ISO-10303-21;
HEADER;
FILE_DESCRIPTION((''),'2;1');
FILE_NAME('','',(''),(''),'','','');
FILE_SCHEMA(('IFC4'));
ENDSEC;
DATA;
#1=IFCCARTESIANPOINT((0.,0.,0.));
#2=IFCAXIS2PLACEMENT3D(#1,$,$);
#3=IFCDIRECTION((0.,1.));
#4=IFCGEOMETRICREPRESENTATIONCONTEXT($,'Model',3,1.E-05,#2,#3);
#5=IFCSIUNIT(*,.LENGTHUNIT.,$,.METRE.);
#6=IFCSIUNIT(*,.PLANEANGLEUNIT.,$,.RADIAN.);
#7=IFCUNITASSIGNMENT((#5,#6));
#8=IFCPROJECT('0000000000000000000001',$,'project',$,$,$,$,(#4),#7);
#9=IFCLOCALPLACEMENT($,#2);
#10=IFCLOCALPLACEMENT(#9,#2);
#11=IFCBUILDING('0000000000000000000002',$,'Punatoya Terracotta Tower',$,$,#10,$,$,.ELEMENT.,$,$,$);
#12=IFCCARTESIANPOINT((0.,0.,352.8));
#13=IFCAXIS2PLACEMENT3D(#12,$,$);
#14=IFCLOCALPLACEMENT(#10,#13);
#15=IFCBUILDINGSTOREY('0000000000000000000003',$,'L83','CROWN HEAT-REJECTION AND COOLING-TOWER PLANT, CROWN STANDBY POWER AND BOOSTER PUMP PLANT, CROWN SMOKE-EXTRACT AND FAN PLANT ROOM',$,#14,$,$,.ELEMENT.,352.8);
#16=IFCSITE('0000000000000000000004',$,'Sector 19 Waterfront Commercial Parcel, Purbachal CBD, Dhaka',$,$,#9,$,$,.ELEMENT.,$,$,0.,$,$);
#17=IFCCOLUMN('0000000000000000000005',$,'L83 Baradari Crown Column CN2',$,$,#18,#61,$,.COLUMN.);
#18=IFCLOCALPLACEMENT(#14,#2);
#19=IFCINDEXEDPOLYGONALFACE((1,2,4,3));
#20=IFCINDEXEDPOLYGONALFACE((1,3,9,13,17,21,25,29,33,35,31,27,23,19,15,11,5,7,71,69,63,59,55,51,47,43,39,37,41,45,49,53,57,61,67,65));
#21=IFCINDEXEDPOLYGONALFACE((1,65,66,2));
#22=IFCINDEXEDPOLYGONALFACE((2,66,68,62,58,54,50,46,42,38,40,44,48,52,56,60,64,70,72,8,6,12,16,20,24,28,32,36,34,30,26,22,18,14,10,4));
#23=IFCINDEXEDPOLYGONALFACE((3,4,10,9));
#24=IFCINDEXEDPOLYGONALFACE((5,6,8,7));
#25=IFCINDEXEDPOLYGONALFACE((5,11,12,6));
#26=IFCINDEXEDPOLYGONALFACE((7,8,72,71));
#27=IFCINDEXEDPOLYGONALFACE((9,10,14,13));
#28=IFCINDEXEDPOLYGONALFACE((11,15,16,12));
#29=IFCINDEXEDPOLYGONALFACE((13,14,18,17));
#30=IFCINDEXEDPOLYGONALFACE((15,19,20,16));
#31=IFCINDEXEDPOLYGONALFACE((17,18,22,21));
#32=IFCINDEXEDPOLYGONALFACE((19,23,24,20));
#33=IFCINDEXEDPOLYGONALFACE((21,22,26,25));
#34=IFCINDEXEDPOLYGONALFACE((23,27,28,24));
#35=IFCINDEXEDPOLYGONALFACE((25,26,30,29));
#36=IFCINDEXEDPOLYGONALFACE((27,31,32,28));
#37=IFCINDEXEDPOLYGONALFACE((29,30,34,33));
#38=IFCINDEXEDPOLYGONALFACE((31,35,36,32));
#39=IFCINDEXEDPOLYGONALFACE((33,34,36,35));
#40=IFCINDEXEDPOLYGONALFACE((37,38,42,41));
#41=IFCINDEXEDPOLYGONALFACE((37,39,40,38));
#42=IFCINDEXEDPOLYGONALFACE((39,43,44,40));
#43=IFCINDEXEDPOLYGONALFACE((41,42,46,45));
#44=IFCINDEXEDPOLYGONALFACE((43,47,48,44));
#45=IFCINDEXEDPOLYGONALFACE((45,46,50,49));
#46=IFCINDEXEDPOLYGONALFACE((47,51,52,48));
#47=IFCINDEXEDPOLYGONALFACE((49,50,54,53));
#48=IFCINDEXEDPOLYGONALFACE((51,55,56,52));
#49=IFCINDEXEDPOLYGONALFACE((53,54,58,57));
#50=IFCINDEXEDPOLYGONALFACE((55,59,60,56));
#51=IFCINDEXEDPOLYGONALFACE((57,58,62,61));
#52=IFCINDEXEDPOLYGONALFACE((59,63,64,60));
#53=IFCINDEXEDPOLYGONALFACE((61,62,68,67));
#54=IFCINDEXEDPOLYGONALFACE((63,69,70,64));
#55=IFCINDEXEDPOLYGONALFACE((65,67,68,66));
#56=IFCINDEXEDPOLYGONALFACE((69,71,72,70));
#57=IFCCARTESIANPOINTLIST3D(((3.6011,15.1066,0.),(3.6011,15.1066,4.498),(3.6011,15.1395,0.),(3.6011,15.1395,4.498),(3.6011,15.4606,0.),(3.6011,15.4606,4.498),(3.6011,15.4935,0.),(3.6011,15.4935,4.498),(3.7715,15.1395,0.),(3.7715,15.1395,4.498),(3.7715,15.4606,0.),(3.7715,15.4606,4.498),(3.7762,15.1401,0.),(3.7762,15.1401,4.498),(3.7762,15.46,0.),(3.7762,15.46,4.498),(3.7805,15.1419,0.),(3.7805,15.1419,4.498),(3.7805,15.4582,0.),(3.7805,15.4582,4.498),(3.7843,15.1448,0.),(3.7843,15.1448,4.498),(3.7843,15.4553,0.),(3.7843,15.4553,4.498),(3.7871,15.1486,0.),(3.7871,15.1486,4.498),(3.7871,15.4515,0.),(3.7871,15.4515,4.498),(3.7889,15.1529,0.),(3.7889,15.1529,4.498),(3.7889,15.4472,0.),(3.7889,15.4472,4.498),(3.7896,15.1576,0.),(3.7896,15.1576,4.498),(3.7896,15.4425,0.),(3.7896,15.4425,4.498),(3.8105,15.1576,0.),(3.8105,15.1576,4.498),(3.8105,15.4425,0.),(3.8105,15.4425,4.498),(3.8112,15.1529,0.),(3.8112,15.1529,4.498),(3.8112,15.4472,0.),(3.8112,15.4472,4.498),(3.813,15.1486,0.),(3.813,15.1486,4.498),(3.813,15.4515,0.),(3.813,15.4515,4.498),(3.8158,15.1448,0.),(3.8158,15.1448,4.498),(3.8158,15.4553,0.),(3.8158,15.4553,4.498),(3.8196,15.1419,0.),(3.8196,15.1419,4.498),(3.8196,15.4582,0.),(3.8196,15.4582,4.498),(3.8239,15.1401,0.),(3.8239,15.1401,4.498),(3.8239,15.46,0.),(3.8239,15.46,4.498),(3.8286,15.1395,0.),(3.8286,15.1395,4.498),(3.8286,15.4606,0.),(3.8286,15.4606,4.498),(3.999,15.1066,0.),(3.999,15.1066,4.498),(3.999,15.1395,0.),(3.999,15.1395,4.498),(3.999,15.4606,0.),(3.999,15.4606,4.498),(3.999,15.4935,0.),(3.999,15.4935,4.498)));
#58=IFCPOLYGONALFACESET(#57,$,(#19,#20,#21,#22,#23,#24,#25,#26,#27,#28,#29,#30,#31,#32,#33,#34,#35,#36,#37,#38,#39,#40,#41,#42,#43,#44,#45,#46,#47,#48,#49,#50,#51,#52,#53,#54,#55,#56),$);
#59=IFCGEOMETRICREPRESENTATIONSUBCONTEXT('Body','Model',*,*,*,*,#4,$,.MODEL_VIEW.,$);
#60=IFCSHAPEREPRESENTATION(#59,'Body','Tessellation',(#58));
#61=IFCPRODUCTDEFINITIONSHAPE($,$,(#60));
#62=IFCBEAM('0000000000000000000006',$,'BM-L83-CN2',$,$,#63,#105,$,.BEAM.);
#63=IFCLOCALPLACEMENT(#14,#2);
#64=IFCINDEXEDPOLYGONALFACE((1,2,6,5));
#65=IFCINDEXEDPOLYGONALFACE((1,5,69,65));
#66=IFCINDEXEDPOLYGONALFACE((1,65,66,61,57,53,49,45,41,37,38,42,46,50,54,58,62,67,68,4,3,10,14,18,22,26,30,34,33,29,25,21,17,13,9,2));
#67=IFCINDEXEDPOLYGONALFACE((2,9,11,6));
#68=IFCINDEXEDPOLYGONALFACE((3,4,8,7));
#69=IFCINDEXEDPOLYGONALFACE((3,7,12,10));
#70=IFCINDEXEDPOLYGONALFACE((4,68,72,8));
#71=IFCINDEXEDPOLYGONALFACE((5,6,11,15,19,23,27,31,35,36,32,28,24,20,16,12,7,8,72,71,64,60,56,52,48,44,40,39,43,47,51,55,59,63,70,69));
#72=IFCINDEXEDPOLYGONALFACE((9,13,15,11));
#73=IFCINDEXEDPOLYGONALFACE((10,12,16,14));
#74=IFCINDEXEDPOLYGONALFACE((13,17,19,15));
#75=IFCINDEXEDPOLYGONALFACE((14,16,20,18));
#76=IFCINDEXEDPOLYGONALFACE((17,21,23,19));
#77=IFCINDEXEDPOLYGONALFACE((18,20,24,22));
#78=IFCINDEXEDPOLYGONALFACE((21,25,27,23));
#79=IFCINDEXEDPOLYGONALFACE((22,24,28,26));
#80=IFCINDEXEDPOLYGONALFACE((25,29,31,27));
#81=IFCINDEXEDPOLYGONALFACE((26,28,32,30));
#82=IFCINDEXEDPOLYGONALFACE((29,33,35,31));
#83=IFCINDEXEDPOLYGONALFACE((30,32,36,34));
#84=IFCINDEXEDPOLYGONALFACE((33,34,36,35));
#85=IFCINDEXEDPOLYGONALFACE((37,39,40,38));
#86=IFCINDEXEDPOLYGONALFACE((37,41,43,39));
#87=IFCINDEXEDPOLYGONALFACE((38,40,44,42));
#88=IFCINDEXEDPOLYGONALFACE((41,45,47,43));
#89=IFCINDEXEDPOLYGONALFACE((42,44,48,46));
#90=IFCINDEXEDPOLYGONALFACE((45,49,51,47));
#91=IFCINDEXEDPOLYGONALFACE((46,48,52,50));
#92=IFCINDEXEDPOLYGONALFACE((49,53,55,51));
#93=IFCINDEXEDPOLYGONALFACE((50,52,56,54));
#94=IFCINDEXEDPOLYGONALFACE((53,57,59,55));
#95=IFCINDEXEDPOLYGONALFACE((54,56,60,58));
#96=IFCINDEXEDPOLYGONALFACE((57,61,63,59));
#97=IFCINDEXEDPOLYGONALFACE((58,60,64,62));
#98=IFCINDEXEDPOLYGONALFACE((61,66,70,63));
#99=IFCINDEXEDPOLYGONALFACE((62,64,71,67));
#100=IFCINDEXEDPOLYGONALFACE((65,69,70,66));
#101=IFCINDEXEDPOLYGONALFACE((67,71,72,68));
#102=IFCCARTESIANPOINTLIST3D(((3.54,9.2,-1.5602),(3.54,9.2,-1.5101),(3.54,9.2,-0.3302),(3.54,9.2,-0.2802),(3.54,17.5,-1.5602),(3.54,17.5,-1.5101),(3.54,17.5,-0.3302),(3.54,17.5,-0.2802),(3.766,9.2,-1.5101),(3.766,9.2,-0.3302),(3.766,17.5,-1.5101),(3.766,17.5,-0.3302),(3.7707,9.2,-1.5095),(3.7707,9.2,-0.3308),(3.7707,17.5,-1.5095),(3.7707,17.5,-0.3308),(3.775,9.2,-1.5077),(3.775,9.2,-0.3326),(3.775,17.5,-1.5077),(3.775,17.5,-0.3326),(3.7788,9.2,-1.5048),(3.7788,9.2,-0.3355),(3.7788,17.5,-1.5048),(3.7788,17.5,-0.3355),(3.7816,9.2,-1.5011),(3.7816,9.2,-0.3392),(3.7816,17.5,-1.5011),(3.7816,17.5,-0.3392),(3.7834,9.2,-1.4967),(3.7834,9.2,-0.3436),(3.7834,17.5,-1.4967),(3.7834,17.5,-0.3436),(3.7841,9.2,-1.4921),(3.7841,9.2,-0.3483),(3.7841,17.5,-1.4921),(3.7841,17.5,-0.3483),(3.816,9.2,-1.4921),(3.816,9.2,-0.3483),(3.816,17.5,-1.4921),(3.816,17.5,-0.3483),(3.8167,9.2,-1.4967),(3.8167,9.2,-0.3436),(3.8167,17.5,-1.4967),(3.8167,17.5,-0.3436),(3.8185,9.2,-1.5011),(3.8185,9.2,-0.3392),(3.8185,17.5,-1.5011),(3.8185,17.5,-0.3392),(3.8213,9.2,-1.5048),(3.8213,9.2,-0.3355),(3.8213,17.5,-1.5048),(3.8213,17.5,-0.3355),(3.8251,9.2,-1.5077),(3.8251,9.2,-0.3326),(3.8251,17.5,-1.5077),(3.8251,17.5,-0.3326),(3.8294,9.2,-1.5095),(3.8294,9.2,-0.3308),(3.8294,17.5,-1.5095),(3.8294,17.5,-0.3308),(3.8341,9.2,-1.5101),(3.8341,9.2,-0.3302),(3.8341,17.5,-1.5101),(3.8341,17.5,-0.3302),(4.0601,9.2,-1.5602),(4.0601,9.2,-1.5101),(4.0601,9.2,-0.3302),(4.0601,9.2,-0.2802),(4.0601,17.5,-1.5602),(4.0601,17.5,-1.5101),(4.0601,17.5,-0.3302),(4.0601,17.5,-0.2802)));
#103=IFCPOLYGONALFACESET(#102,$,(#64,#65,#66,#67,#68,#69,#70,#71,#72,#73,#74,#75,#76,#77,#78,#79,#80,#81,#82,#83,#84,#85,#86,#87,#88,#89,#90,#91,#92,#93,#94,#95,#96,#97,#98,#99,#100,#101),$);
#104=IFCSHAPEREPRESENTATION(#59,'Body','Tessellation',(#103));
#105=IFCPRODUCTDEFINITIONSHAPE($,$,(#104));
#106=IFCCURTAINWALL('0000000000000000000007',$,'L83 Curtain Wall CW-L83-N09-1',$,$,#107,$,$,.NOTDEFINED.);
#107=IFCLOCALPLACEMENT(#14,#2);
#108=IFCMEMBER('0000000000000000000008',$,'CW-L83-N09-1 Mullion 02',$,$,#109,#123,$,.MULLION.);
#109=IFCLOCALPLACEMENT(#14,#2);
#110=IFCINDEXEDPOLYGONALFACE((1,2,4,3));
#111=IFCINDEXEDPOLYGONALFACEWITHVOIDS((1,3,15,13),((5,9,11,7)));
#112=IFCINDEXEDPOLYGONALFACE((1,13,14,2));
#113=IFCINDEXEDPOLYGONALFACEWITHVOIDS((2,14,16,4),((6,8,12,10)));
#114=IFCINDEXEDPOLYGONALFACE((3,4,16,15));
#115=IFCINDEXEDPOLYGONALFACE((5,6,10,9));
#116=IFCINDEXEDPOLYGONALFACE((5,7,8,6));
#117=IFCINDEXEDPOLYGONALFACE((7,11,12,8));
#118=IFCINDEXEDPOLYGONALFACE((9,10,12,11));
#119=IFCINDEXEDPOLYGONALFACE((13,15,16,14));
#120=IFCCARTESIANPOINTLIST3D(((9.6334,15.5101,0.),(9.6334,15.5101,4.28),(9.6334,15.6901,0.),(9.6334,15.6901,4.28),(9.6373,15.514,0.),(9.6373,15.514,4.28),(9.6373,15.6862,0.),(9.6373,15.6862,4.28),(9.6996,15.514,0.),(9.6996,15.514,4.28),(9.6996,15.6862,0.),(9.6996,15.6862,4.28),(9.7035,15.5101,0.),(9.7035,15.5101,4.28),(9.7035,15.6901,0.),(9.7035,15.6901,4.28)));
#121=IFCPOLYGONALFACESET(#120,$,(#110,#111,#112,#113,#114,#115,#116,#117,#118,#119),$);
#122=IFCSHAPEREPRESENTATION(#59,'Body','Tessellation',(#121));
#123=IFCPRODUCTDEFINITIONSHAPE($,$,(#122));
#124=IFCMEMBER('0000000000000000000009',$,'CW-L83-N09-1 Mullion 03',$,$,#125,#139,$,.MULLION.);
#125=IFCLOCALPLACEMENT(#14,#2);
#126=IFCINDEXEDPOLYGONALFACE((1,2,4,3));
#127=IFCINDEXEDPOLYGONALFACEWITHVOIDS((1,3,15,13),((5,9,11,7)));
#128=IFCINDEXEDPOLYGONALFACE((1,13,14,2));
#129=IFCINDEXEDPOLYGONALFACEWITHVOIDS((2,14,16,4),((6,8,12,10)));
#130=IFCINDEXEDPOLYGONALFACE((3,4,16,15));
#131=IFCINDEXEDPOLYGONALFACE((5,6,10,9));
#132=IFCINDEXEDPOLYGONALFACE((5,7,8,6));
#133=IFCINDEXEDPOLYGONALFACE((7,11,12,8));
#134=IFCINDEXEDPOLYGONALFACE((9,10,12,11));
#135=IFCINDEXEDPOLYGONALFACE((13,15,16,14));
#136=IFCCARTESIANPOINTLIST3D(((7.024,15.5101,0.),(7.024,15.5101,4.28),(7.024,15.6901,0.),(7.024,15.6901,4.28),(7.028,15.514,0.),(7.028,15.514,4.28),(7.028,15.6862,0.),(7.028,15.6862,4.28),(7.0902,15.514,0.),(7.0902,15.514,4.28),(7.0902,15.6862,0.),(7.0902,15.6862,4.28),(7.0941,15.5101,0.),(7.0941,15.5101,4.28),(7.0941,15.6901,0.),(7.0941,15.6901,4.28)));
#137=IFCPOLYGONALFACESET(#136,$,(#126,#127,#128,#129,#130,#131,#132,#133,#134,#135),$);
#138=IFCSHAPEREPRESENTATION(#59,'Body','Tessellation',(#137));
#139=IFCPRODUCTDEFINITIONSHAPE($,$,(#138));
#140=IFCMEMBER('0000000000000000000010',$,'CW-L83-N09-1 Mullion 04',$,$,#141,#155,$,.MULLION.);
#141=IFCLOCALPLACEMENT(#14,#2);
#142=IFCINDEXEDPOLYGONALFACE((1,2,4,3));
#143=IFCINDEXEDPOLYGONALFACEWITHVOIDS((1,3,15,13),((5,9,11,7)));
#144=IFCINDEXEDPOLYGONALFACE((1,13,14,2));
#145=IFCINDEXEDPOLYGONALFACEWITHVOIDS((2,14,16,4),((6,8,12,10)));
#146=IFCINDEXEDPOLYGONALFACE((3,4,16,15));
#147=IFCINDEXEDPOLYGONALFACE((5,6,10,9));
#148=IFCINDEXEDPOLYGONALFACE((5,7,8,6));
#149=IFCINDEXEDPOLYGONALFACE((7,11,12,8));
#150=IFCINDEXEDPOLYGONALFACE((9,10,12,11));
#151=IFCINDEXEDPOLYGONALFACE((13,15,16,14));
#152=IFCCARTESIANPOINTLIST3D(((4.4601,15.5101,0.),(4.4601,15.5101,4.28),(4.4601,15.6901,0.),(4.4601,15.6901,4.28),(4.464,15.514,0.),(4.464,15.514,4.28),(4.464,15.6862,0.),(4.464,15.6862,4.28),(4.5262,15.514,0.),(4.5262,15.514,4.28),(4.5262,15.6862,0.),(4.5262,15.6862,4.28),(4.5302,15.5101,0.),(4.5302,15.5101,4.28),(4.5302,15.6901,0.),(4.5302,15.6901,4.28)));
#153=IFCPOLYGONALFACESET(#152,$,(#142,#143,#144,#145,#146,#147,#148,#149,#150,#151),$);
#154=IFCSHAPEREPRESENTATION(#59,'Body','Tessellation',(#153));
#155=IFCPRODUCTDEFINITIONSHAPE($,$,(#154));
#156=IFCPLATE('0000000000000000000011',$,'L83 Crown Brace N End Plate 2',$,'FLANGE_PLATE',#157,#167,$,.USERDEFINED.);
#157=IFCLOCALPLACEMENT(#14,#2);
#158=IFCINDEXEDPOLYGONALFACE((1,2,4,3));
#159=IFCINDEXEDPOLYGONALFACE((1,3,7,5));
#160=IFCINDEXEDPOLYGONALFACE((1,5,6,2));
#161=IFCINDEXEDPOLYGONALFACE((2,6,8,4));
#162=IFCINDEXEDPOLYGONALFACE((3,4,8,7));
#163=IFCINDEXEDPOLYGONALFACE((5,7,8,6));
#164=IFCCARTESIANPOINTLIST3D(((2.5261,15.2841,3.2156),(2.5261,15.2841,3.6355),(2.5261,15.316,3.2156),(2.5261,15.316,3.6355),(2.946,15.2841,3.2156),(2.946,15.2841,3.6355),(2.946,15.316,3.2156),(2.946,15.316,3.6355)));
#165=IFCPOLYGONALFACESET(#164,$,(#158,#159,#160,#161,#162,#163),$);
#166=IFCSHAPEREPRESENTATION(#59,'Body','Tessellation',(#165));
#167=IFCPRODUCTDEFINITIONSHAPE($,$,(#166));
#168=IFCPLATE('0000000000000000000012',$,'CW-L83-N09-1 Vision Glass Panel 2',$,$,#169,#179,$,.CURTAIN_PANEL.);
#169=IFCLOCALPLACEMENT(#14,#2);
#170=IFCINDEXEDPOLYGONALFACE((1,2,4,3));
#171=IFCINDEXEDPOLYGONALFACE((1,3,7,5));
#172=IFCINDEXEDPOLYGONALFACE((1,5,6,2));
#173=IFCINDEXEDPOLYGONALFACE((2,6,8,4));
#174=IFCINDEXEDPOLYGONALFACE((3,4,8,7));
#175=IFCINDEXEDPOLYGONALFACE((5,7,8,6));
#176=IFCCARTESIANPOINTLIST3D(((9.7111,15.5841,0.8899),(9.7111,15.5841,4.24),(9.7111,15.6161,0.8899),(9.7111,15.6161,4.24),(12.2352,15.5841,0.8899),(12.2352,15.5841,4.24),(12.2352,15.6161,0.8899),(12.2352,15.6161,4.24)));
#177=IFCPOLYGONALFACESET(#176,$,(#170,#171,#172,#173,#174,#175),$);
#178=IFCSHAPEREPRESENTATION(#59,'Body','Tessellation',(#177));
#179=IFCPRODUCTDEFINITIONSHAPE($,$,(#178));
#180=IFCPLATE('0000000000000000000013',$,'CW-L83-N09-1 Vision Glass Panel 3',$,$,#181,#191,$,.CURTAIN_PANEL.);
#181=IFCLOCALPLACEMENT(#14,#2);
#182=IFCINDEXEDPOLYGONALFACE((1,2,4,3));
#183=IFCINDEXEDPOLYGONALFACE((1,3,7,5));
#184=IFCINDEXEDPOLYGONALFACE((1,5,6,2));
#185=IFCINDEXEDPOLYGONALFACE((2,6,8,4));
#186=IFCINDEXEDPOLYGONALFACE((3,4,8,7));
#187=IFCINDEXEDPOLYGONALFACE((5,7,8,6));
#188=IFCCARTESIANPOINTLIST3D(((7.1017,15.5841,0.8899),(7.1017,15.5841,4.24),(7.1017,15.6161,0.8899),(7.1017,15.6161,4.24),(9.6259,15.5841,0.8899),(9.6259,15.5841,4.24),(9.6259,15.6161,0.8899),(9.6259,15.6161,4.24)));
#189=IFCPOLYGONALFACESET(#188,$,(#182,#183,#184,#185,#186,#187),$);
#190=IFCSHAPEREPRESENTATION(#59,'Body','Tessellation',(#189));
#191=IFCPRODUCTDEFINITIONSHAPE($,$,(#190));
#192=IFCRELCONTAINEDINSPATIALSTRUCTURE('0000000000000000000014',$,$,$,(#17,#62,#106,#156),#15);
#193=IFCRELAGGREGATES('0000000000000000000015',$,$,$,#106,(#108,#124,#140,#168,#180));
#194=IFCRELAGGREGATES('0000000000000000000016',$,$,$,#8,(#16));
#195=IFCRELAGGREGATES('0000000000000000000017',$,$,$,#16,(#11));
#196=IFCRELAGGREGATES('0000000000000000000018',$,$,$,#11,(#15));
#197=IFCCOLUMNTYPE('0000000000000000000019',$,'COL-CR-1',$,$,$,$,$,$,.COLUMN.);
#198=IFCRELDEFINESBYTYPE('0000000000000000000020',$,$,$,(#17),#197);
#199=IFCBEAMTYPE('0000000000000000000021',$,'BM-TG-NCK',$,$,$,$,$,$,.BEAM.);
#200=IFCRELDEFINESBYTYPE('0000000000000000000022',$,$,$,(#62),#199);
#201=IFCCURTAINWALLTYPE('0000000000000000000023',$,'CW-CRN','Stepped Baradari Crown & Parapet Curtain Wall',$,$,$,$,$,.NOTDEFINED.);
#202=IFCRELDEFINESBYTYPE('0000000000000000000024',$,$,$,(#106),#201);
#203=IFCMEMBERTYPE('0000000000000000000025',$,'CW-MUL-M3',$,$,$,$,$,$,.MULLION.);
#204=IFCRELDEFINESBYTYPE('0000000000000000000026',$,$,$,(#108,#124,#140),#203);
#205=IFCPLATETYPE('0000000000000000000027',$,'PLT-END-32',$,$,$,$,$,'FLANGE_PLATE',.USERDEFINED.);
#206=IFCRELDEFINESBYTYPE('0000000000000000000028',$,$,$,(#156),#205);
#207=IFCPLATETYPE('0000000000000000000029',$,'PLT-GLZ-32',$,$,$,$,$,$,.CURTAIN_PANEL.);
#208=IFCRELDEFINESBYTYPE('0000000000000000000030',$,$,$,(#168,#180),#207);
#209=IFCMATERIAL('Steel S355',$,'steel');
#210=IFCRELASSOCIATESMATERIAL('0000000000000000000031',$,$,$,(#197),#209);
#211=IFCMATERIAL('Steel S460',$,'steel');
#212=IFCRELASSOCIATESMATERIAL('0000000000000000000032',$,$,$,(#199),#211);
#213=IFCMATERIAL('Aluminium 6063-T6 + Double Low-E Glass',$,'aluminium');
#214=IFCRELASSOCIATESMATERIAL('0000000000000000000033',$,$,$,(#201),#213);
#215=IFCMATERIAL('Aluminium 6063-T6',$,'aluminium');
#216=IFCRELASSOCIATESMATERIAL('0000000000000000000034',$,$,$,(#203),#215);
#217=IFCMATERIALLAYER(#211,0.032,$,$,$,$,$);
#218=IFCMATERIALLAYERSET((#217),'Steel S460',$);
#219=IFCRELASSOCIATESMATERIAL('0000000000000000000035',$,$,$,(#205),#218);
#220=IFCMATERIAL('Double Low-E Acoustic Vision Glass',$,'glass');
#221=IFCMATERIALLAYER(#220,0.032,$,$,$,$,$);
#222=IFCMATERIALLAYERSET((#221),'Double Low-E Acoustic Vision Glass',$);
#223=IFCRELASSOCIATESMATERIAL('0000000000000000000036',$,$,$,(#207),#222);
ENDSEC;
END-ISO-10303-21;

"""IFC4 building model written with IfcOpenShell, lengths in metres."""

from ifc_helpers import new_model, si_unit, direction, frame, origin, origin_2d, place, context, subcontext, project, spatial, rectangle, hollow_rectangle, i_section, extrude, material, layer, layer_set, material_profile, profile_set, type_object, element, aggregate, save


model = new_model("IFC4")

# Units and contexts
model_context = context("Model", 3, precision=1e-05, world=origin(), true_north=direction((0.0, 1.0)))
body_context = subcontext(model_context, "Body", "Model", "MODEL_VIEW")
ifc_project = project(units=[si_unit("LENGTHUNIT", "METRE"), si_unit("PLANEANGLEUNIT", "RADIAN")], contexts=[model_context])

# Site, building, storey
site_placement = place(None, origin())
site = spatial("IfcSite", under=ifc_project, at=site_placement, Name="Sector 19 Waterfront Commercial Parcel, Purbachal CBD, Dhaka", CompositionType="ELEMENT", RefElevation=0.0)
building_placement = place(site_placement, origin())
building = spatial("IfcBuilding", under=site, at=building_placement, Name="Punatoya Terracotta Tower", CompositionType="ELEMENT")
storey_placement = place(building_placement, frame((0.0, 0.0, 352.8)))
storey = spatial("IfcBuildingStorey", under=building, at=storey_placement, Name="L83", Description="CROWN HEAT-REJECTION AND COOLING-TOWER PLANT, CROWN STANDBY POWER AND BOOSTER PUMP PLANT, CROWN SMOKE-EXTRACT AND FAN PLANT ROOM", CompositionType="ELEMENT", Elevation=352.8)

# Column
ifc_material_1 = material(Name="Steel S355", Category="steel")
ifc_material_profile_1 = material_profile(ifc_material_1, i_section(OverallWidth=0.3979, OverallDepth=0.387, WebThickness=0.021, FlangeThickness=0.033, FilletRadius=0.0181, at=origin_2d()))
ifc_profile_set_1 = profile_set([ifc_material_profile_1], Name="Steel S355")
column_type = type_object("IfcColumnType", Name="COL-CR-1", PredefinedType="COLUMN", material=ifc_profile_set_1)
column_placement = place(storey_placement, frame((3.8, 15.3, 0.0), z_axis=(0.0, 0.0, 1.0), x_axis=(1.0, 0.0, 0.0)))
element("IfcColumn", 1, at=column_placement, inside=storey, type_object=column_type, Name="L83 Baradari Crown Column CN2", PredefinedType="COLUMN", context=body_context, shape_type="SweptSolid", body=[
    extrude(i_section(OverallWidth=0.3979, OverallDepth=0.387, WebThickness=0.021, FlangeThickness=0.033, FilletRadius=0.0181, at=origin_2d()), origin(), (0.0, 0.0, 1.0), 4.498),
])

# Beam
ifc_material_2 = material(Name="Steel S460", Category="steel")
ifc_material_profile_2 = material_profile(ifc_material_2, i_section(OverallWidth=0.52, OverallDepth=1.28, WebThickness=0.032, FlangeThickness=0.05, FilletRadius=0.0181, at=origin_2d()))
ifc_profile_set_2 = profile_set([ifc_material_profile_2], Name="Steel S460")
beam_type = type_object("IfcBeamType", Name="BM-TG-NCK", PredefinedType="BEAM", material=ifc_profile_set_2)
beam_placement = place(storey_placement, frame((3.8, 9.2, -0.9202), z_axis=(0.0, 1.0, 0.0), x_axis=(-1.0, 0.0, 0.0)))
element("IfcBeam", 2, at=beam_placement, inside=storey, type_object=beam_type, Name="BM-L83-CN2", PredefinedType="BEAM", context=body_context, shape_type="SweptSolid", body=[
    extrude(i_section(OverallWidth=0.52, OverallDepth=1.28, WebThickness=0.032, FlangeThickness=0.05, FilletRadius=0.0181, at=origin_2d()), origin(), (0.0, 0.0, 1.0), 8.3),
])

# Curtain wall, members
ifc_material_3 = material(Name="Aluminium 6063-T6 + Double Low-E Glass", Category="aluminium")
curtain_wall_type = type_object("IfcCurtainWallType", Name="CW-CRN", Description="Stepped Baradari Crown & Parapet Curtain Wall", PredefinedType="NOTDEFINED", material=ifc_material_3)
curtain_wall_placement = place(storey_placement, origin())
curtain_wall = element("IfcCurtainWall", 3, at=curtain_wall_placement, inside=storey, type_object=curtain_wall_type, Name="L83 Curtain Wall CW-L83-N09-1", PredefinedType="NOTDEFINED")
ifc_material_4 = material(Name="Aluminium 6063-T6", Category="aluminium")
ifc_material_profile_3 = material_profile(ifc_material_4, hollow_rectangle(XDim=0.0701, YDim=0.1799, WallThickness=0.0039, at=origin_2d()))
ifc_profile_set_3 = profile_set([ifc_material_profile_3], Name="Aluminium 6063-T6")
member_type = type_object("IfcMemberType", Name="CW-MUL-M3", PredefinedType="MULLION", material=ifc_profile_set_3)
member_1_placement = place(storey_placement, frame((9.6685, 15.6001, 0.0), z_axis=(0.0, 0.0, 1.0), x_axis=(1.0, 0.0, 0.0)))
member_1 = element("IfcMember", 4, at=member_1_placement, type_object=member_type, Name="CW-L83-N09-1 Mullion 02", PredefinedType="MULLION", context=body_context, shape_type="SweptSolid", body=[
    extrude(hollow_rectangle(XDim=0.0701, YDim=0.1799, WallThickness=0.0039, at=origin_2d()), origin(), (0.0, 0.0, 1.0), 4.28),
])
member_2_placement = place(storey_placement, frame((7.0591, 15.6001, 0.0), z_axis=(0.0, 0.0, 1.0), x_axis=(1.0, 0.0, 0.0)))
member_2 = element("IfcMember", 5, at=member_2_placement, type_object=member_type, Name="CW-L83-N09-1 Mullion 03", PredefinedType="MULLION", context=body_context, shape_type="SweptSolid", body=[
    extrude(hollow_rectangle(XDim=0.0701, YDim=0.1799, WallThickness=0.0039, at=origin_2d()), origin(), (0.0, 0.0, 1.0), 4.28),
])
member_3_placement = place(storey_placement, frame((4.4951, 15.6001, 0.0), z_axis=(0.0, 0.0, 1.0), x_axis=(1.0, 0.0, 0.0)))
member_3 = element("IfcMember", 6, at=member_3_placement, type_object=member_type, Name="CW-L83-N09-1 Mullion 04", PredefinedType="MULLION", context=body_context, shape_type="SweptSolid", body=[
    extrude(hollow_rectangle(XDim=0.0701, YDim=0.1799, WallThickness=0.0039, at=origin_2d()), origin(), (0.0, 0.0, 1.0), 4.28),
])

# Plates
ifc_layer_1 = layer(ifc_material_2, 0.032)
ifc_layer_set_1 = layer_set([ifc_layer_1], Name="Steel S460")
plate_type_1 = type_object("IfcPlateType", Name="PLT-END-32", ElementType="FLANGE_PLATE", PredefinedType="USERDEFINED", material=ifc_layer_set_1)
plate_1_placement = place(storey_placement, frame((2.7361, 15.3, 3.2156), z_axis=(0.0, 0.0, 1.0), x_axis=(1.0, 0.0, 0.0)))
element("IfcPlate", 7, at=plate_1_placement, inside=storey, type_object=plate_type_1, Name="L83 Crown Brace N End Plate 2", ObjectType="FLANGE_PLATE", PredefinedType="USERDEFINED", context=body_context, shape_type="SweptSolid", body=[
    extrude(rectangle(XDim=0.4199, YDim=0.032, at=origin_2d()), origin(), (0.0, 0.0, 1.0), 0.4199),
])
ifc_material_5 = material(Name="Double Low-E Acoustic Vision Glass", Category="glass")
ifc_layer_2 = layer(ifc_material_5, 0.032)
ifc_layer_set_2 = layer_set([ifc_layer_2], Name="Double Low-E Acoustic Vision Glass")
plate_type_2 = type_object("IfcPlateType", Name="PLT-GLZ-32", PredefinedType="CURTAIN_PANEL", material=ifc_layer_set_2)
plate_2_placement = place(storey_placement, frame((10.9731, 15.6001, 0.8899), z_axis=(0.0, 0.0, 1.0), x_axis=(-1.0, 0.0, 0.0)))
plate_2 = element("IfcPlate", 8, at=plate_2_placement, type_object=plate_type_2, Name="CW-L83-N09-1 Vision Glass Panel 2", PredefinedType="CURTAIN_PANEL", context=body_context, shape_type="SweptSolid", body=[
    extrude(rectangle(XDim=2.5242, YDim=0.032, at=origin_2d()), origin(), (0.0, 0.0, 1.0), 3.3501),
])
plate_3_placement = place(storey_placement, frame((8.3638, 15.6001, 0.8899), z_axis=(0.0, 0.0, 1.0), x_axis=(-1.0, 0.0, 0.0)))
plate_3 = element("IfcPlate", 9, at=plate_3_placement, type_object=plate_type_2, Name="CW-L83-N09-1 Vision Glass Panel 3", PredefinedType="CURTAIN_PANEL", context=body_context, shape_type="SweptSolid", body=[
    extrude(rectangle(XDim=2.5242, YDim=0.032, at=origin_2d()), origin(), (0.0, 0.0, 1.0), 3.3501),
])
aggregate(curtain_wall, [member_1, member_2, member_3, plate_2, plate_3])

save(model, "model.ifc")
